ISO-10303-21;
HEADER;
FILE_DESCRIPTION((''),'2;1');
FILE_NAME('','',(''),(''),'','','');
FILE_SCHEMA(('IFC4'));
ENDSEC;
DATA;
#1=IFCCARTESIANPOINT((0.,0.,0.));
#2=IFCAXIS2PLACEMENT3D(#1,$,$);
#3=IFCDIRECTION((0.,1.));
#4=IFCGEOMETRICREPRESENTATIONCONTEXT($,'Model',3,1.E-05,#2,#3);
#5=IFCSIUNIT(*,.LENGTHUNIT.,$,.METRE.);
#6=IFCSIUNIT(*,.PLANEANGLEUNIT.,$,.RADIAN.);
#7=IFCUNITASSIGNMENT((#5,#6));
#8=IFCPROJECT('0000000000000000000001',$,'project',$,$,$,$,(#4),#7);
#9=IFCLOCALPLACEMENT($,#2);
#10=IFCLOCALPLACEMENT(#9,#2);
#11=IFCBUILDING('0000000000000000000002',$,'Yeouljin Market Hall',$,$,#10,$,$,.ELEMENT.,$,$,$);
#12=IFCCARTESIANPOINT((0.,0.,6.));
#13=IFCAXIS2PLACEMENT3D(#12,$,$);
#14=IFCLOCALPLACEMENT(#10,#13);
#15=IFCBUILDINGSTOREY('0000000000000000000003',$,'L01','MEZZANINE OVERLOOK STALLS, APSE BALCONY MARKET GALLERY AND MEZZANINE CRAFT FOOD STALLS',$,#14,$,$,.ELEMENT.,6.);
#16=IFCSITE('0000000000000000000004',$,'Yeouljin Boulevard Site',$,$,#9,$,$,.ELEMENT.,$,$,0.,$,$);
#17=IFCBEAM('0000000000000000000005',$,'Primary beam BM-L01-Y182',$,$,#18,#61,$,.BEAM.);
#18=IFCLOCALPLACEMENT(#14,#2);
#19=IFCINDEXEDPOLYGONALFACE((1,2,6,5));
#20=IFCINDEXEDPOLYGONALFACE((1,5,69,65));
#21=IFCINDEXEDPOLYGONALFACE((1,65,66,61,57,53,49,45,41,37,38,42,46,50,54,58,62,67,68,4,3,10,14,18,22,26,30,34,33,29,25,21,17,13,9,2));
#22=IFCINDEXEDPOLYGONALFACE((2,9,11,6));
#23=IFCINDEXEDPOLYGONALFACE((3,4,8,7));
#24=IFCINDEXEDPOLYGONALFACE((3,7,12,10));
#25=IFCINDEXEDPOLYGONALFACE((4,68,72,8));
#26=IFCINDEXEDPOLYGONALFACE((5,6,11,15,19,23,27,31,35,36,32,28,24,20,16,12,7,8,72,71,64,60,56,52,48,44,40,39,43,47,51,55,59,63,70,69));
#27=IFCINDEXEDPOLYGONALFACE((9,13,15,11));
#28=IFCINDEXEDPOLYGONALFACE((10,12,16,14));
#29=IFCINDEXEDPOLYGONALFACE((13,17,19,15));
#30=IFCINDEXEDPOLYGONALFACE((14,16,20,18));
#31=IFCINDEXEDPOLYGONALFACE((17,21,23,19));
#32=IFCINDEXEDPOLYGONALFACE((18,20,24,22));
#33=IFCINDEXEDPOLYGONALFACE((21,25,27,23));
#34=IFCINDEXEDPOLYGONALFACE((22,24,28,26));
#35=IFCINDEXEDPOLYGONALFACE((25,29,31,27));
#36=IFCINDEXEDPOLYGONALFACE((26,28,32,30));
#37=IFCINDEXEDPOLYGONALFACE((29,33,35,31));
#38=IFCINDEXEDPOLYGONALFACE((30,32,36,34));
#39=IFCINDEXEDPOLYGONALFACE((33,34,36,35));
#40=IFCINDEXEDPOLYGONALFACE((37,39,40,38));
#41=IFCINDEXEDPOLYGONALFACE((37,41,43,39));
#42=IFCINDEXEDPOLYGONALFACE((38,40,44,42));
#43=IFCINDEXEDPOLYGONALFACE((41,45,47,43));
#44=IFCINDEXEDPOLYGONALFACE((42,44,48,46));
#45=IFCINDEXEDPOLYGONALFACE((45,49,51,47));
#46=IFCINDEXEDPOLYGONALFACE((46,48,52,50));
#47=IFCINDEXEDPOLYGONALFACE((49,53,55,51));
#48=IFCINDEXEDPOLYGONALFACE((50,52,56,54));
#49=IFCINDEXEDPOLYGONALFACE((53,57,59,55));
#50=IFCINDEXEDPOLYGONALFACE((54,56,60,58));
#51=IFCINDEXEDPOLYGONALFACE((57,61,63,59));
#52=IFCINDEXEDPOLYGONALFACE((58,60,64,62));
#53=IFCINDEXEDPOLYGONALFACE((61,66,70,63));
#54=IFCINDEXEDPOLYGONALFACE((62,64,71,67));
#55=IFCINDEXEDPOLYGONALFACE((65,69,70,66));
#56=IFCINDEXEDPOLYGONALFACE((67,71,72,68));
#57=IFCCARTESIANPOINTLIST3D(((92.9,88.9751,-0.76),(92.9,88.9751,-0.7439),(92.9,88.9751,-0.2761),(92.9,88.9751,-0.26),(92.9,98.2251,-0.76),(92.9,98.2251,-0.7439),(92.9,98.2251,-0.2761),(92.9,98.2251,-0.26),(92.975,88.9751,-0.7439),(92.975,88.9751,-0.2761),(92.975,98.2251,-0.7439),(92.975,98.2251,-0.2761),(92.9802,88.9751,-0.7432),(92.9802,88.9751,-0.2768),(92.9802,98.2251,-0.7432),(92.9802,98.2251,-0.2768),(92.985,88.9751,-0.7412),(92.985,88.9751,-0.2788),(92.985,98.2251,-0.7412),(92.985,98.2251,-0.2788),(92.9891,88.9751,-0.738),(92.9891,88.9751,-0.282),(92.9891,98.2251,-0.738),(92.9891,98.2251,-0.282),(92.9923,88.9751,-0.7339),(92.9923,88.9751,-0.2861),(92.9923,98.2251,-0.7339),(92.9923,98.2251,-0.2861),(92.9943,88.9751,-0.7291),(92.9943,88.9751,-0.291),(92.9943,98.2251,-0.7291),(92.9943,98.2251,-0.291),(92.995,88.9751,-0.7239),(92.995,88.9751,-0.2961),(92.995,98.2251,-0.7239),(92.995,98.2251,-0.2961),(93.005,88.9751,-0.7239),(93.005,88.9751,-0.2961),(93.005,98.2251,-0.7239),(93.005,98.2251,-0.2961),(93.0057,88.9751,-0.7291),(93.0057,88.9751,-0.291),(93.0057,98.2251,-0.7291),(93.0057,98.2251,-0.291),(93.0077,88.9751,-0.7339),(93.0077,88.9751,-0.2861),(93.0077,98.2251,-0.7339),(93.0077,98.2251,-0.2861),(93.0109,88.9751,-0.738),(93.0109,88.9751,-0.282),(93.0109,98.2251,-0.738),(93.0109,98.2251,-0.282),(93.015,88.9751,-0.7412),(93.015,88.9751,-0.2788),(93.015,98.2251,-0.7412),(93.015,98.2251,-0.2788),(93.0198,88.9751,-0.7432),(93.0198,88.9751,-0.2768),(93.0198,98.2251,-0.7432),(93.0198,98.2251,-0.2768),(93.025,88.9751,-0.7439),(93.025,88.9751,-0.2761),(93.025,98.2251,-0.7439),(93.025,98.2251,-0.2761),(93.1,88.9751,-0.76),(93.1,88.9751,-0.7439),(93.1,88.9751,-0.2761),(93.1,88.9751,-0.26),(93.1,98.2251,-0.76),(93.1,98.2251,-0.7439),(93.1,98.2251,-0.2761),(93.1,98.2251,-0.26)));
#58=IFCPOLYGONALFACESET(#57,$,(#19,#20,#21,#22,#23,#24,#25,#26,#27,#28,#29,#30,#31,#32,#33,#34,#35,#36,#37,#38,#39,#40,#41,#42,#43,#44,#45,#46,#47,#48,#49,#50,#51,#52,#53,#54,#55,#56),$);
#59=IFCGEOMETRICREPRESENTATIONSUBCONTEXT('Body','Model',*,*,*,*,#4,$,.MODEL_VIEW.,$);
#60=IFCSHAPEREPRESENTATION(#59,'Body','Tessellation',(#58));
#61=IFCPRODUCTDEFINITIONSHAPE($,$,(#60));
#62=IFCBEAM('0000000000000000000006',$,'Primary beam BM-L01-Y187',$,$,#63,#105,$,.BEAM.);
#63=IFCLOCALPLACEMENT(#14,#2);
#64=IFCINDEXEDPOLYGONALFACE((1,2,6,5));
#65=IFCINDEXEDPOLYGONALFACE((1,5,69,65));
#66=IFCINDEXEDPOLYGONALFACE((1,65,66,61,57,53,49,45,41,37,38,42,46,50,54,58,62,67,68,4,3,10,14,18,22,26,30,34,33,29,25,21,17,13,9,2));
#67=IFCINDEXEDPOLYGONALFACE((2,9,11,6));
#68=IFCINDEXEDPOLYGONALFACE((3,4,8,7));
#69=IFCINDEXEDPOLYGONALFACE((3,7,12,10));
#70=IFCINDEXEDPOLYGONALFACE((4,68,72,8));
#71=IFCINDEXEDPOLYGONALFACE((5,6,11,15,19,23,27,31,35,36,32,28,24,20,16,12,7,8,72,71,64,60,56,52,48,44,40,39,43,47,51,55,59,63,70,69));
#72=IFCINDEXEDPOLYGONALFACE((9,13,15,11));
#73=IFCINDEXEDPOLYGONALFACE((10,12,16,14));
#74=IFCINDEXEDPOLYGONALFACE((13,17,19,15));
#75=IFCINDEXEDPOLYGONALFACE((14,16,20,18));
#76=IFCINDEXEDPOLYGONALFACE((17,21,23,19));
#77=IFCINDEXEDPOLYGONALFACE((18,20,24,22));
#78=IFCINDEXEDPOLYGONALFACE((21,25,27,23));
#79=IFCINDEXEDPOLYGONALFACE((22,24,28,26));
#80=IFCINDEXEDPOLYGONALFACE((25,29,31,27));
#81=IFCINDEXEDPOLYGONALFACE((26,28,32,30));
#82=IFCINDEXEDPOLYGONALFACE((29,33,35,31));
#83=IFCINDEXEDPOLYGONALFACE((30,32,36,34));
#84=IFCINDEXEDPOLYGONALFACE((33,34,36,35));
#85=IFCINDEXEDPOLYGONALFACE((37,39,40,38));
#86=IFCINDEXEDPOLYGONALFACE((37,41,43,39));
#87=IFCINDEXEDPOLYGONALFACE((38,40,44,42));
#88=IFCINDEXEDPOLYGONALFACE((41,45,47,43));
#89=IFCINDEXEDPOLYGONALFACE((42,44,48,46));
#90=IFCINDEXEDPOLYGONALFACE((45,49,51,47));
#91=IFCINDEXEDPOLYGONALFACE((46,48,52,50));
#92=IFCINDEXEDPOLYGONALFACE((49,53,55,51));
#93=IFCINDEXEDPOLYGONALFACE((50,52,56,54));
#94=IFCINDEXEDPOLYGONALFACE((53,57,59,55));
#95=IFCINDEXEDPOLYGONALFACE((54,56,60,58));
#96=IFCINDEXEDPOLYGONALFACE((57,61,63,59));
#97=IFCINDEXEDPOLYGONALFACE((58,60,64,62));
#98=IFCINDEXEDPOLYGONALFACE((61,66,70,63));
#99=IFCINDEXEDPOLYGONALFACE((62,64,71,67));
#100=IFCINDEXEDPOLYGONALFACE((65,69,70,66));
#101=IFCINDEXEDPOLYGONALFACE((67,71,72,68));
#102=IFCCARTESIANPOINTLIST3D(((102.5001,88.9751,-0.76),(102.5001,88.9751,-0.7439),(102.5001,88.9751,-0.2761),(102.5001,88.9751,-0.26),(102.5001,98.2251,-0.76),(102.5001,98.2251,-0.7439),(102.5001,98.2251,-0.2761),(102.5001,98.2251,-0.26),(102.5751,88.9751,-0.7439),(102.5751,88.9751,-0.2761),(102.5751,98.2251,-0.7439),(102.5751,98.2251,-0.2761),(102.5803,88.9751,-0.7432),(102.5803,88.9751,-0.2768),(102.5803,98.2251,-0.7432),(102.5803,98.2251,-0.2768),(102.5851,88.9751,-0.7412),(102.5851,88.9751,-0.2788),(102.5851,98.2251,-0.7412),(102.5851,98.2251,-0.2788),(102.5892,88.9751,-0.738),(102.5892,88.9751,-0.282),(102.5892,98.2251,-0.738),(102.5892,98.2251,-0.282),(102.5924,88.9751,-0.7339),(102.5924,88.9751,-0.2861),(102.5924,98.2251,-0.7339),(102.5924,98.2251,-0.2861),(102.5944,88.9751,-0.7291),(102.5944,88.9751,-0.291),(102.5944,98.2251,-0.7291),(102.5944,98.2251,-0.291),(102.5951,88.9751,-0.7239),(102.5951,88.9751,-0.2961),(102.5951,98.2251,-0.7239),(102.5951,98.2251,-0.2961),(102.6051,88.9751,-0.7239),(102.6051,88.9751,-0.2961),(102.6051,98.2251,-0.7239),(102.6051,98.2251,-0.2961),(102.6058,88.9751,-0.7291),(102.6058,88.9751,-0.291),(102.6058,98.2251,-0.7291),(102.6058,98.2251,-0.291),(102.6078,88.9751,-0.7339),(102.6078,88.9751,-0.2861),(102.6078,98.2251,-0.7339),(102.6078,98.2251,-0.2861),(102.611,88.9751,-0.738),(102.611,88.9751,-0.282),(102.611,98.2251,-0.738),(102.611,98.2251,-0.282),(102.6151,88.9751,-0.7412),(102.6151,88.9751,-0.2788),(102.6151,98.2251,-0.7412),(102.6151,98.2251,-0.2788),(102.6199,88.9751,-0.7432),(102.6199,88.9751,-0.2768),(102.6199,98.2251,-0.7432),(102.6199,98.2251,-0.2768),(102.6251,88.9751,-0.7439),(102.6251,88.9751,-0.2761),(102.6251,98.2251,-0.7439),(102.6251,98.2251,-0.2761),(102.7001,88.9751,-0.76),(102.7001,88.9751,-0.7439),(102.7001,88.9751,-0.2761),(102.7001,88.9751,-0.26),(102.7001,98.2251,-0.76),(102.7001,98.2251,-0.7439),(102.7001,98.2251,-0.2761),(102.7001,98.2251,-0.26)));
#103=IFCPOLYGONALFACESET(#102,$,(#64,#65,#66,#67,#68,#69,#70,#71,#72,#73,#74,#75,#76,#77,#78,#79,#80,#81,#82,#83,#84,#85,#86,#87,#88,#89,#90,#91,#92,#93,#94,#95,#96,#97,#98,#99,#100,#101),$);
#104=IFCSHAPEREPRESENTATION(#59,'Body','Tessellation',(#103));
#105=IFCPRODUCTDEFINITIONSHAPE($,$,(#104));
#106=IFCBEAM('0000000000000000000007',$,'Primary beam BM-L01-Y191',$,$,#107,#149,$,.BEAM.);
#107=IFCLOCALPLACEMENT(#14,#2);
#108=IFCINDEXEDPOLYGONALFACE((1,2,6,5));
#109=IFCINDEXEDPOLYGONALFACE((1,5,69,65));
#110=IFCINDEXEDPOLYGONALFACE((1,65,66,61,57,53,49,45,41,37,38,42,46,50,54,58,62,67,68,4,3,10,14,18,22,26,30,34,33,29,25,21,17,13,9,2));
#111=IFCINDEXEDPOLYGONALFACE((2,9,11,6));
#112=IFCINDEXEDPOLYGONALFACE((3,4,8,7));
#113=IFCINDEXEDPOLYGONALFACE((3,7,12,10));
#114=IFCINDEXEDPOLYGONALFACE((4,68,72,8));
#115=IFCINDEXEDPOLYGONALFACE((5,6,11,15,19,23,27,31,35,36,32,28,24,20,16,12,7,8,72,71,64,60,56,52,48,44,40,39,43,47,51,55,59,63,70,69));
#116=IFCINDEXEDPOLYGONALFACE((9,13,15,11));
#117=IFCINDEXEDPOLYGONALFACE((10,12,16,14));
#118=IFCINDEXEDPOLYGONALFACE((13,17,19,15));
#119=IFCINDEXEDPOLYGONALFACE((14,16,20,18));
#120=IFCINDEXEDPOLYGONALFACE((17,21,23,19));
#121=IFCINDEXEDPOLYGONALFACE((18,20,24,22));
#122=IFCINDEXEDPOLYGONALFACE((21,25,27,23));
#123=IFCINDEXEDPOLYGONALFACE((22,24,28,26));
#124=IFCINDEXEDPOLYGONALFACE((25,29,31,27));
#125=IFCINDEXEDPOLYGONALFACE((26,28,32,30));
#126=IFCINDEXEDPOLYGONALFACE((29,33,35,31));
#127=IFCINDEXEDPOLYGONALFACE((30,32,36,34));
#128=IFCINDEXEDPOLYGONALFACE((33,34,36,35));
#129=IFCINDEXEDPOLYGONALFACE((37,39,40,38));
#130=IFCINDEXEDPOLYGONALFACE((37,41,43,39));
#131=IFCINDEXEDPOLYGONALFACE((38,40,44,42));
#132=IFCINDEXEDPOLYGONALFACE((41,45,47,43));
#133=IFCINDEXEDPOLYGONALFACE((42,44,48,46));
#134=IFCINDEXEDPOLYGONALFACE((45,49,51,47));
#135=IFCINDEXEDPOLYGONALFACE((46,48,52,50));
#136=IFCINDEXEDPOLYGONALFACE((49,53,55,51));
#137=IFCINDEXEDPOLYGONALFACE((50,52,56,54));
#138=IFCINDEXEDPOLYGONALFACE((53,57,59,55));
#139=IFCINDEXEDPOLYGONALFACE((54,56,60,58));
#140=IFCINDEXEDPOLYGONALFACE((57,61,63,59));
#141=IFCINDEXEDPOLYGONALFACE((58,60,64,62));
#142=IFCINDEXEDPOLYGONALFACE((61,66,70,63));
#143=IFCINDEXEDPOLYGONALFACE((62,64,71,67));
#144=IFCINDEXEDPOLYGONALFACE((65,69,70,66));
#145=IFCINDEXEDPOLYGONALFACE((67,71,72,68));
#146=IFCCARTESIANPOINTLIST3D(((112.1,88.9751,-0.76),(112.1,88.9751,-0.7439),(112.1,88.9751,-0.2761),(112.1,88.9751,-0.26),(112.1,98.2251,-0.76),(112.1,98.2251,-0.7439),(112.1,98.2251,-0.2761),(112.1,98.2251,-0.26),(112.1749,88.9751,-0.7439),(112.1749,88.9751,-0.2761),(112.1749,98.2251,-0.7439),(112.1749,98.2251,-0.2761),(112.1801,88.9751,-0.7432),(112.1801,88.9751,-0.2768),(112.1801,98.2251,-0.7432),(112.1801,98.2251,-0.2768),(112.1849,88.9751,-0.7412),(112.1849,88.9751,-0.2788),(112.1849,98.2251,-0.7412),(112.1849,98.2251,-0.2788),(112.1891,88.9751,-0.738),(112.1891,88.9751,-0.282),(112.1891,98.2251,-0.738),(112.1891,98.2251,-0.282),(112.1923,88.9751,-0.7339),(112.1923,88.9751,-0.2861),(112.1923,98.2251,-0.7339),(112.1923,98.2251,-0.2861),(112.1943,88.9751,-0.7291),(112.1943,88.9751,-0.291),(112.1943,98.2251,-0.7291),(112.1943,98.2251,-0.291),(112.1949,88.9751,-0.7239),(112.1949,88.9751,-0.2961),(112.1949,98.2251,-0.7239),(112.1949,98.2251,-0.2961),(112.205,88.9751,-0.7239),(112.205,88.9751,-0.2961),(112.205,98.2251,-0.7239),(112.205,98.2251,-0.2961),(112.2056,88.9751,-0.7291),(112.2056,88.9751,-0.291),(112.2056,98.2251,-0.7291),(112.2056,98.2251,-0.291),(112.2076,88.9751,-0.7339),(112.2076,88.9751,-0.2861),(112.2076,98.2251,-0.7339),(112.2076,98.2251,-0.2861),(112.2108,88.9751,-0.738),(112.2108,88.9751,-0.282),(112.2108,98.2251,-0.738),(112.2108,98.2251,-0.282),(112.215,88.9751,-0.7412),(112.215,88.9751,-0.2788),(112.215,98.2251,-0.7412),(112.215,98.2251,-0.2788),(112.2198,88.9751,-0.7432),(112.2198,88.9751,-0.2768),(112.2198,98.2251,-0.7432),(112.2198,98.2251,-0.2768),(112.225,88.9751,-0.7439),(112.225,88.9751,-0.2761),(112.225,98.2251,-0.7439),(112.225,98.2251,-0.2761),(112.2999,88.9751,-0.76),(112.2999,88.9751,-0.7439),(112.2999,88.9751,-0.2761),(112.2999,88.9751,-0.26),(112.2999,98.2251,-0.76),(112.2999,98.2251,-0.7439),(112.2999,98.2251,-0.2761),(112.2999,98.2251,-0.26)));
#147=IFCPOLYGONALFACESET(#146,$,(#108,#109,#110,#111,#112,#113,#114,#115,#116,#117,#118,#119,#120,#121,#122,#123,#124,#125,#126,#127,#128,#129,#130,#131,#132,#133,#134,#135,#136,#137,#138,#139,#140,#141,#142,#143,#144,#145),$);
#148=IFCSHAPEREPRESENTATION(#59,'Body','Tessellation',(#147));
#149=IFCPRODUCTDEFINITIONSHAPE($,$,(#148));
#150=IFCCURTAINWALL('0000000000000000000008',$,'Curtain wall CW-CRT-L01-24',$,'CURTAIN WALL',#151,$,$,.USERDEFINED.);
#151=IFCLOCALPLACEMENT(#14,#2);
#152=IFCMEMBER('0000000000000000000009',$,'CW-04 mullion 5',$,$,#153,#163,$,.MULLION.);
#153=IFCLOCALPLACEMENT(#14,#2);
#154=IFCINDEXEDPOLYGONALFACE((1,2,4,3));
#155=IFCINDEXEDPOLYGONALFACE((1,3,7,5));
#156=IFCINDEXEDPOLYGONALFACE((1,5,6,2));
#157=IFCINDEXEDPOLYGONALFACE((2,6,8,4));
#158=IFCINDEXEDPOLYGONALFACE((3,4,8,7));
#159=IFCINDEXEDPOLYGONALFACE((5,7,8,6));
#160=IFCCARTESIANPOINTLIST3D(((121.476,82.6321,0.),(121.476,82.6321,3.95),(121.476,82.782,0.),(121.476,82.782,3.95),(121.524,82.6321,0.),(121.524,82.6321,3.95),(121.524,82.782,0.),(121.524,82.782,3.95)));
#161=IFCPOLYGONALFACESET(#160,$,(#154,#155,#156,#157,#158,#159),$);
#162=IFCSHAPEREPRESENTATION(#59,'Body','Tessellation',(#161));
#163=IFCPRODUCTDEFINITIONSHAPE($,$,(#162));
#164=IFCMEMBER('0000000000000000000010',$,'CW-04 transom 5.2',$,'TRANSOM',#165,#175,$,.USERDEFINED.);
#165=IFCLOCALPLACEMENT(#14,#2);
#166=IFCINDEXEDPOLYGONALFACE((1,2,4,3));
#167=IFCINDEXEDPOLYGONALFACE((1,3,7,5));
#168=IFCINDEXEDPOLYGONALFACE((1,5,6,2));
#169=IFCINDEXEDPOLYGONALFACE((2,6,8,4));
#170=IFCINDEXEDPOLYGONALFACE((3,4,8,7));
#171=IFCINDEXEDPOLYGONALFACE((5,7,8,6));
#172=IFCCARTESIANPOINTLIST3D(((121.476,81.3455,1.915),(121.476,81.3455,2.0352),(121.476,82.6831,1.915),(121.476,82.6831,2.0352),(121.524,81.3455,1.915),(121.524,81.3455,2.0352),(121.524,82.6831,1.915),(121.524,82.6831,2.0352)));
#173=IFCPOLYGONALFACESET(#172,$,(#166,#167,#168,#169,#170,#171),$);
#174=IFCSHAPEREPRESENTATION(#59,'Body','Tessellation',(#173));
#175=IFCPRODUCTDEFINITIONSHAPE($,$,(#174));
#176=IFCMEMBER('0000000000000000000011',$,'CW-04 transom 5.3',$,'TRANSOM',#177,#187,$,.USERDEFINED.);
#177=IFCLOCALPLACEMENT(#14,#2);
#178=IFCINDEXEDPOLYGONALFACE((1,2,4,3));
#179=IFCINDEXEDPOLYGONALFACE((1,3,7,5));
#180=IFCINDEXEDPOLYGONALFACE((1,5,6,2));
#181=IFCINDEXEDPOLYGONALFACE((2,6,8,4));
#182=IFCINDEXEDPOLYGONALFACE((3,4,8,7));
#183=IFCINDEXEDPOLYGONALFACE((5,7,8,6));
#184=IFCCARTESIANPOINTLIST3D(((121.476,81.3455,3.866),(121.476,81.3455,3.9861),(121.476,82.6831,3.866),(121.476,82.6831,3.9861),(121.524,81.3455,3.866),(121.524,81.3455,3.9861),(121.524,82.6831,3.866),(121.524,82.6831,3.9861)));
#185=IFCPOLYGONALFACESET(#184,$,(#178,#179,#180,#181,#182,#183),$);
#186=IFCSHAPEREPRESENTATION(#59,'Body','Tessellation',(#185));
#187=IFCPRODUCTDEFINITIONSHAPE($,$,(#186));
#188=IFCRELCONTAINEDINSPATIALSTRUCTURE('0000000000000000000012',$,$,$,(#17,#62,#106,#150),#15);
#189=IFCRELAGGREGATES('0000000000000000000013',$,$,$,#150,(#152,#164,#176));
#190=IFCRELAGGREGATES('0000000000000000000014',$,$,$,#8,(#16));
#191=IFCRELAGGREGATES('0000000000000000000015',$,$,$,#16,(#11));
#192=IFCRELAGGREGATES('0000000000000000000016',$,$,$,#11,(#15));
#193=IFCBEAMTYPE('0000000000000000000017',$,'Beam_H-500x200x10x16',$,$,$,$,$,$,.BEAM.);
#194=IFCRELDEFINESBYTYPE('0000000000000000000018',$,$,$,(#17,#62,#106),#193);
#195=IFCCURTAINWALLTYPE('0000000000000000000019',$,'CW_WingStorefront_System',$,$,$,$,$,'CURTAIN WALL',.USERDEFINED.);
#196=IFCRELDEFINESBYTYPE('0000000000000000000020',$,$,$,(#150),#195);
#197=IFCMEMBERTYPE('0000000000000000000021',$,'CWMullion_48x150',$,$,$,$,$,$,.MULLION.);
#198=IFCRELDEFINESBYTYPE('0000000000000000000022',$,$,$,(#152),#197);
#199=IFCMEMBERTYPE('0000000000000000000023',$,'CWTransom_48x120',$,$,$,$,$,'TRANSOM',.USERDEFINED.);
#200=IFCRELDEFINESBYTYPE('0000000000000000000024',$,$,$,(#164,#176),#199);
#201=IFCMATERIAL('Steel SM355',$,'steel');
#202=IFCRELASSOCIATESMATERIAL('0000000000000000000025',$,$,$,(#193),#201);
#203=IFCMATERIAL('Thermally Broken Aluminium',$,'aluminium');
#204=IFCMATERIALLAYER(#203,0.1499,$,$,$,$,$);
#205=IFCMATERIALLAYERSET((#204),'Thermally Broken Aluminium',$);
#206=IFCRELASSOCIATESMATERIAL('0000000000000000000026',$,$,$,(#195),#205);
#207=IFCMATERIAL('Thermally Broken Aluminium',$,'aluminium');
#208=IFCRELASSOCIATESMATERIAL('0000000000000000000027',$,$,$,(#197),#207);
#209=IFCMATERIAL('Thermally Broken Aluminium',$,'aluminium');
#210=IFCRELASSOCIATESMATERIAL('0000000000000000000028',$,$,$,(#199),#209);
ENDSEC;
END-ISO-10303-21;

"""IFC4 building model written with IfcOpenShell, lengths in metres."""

from ifc_helpers import new_model, si_unit, direction, frame, origin, origin_2d, place, context, subcontext, project, spatial, rectangle, i_section, extrude, material, layer, layer_set, material_profile, profile_set, type_object, element, aggregate, save


model = new_model("IFC4")

# Units and contexts
model_context = context("Model", 3, precision=1e-05, world=origin(), true_north=direction((0.0, 1.0)))
body_context = subcontext(model_context, "Body", "Model", "MODEL_VIEW")
ifc_project = project(units=[si_unit("LENGTHUNIT", "METRE"), si_unit("PLANEANGLEUNIT", "RADIAN")], contexts=[model_context])

# Site, building, storey
site_placement = place(None, origin())
site = spatial("IfcSite", under=ifc_project, at=site_placement, Name="Yeouljin Boulevard Site", CompositionType="ELEMENT", RefElevation=0.0)
building_placement = place(site_placement, origin())
building = spatial("IfcBuilding", under=site, at=building_placement, Name="Yeouljin Market Hall", CompositionType="ELEMENT")
storey_placement = place(building_placement, frame((0.0, 0.0, 6.0)))
storey = spatial("IfcBuildingStorey", under=building, at=storey_placement, Name="L01", Description="MEZZANINE OVERLOOK STALLS, APSE BALCONY MARKET GALLERY AND MEZZANINE CRAFT FOOD STALLS", CompositionType="ELEMENT", Elevation=6.0)

# Beams
ifc_material_1 = material(Name="Steel SM355", Category="steel")
ifc_material_profile_1 = material_profile(ifc_material_1, i_section(OverallWidth=0.2, OverallDepth=0.5, WebThickness=0.01, FlangeThickness=0.0161, FilletRadius=0.02, at=origin_2d()), Name="H-500x200x10x16")
ifc_profile_set_1 = profile_set([ifc_material_profile_1], Name="Steel SM355")
beam_type_1 = type_object("IfcBeamType", Name="Beam_H-500x200x10x16", PredefinedType="BEAM", material=ifc_profile_set_1)
for number, where, z_axis, x_axis, name in (
    (1, (93.0, 88.9751, -0.51), (0.0, 1.0, 0.0), (-1.0, 0.0, 0.0), "Primary beam BM-L01-Y182"),
    (2, (102.6001, 88.9751, -0.51), (0.0, 1.0, 0.0), (-1.0, 0.0, 0.0), "Primary beam BM-L01-Y187"),
    (3, (112.2, 88.9751, -0.51), (0.0, 1.0, 0.0), (-1.0, 0.0, 0.0), "Primary beam BM-L01-Y191"),
):
    element("IfcBeam", number, at=place(storey_placement, frame(where, z_axis=z_axis, x_axis=x_axis)), inside=storey, type_object=beam_type_1, Name=name, PredefinedType="BEAM", context=body_context, shape_type="SweptSolid", body=[
        extrude(i_section(OverallWidth=0.2, OverallDepth=0.5, WebThickness=0.01, FlangeThickness=0.0161, FilletRadius=0.02, at=origin_2d()), origin(), (0.0, 0.0, 1.0), 9.25),
    ])

# Curtain wall, members
ifc_material_2 = material(Name="Thermally Broken Aluminium", Category="aluminium")
ifc_layer_1 = layer(ifc_material_2, 0.1499)
ifc_layer_set_1 = layer_set([ifc_layer_1], Name="Thermally Broken Aluminium")
curtain_wall_type = type_object("IfcCurtainWallType", Name="CW_WingStorefront_System", ElementType="CURTAIN WALL", PredefinedType="USERDEFINED", material=ifc_layer_set_1)
curtain_wall_placement = place(storey_placement, origin())
curtain_wall = element("IfcCurtainWall", 4, at=curtain_wall_placement, inside=storey, type_object=curtain_wall_type, Name="Curtain wall CW-CRT-L01-24", ObjectType="CURTAIN WALL", PredefinedType="USERDEFINED")
ifc_material_3 = material(Name="Thermally Broken Aluminium", Category="aluminium")
ifc_material_profile_2 = material_profile(ifc_material_3, rectangle(XDim=0.0481, YDim=0.1499, at=origin_2d()), Name="CW-MULL-48x150")
ifc_profile_set_2 = profile_set([ifc_material_profile_2], Name="Thermally Broken Aluminium")
member_type_1 = type_object("IfcMemberType", Name="CWMullion_48x150", PredefinedType="MULLION", material=ifc_profile_set_2)
member_1_placement = place(storey_placement, frame((121.5, 82.707, 0.0), z_axis=(0.0, 0.0, 1.0), x_axis=(1.0, 0.0, 0.0)))
member_1 = element("IfcMember", 5, at=member_1_placement, type_object=member_type_1, Name="CW-04 mullion 5", PredefinedType="MULLION", context=body_context, shape_type="SweptSolid", body=[
    extrude(rectangle(XDim=0.0481, YDim=0.1499, at=origin_2d()), origin(), (0.0, 0.0, 1.0), 3.95),
])
ifc_material_4 = material(Name="Thermally Broken Aluminium", Category="aluminium")
ifc_material_profile_3 = material_profile(ifc_material_4, rectangle(XDim=0.0481, YDim=0.1201, at=origin_2d()), Name="CW-TRAN-48x120")
ifc_profile_set_3 = profile_set([ifc_material_profile_3], Name="Thermally Broken Aluminium")
member_type_2 = type_object("IfcMemberType", Name="CWTransom_48x120", ElementType="TRANSOM", PredefinedType="USERDEFINED", material=ifc_profile_set_3)
member_2_placement = place(storey_placement, frame((121.5, 82.6831, 1.9751), z_axis=(0.0, -1.0, 0.0), x_axis=(1.0, 0.0, 0.0)))
member_2 = element("IfcMember", 6, at=member_2_placement, type_object=member_type_2, Name="CW-04 transom 5.2", ObjectType="TRANSOM", PredefinedType="USERDEFINED", context=body_context, shape_type="SweptSolid", body=[
    extrude(rectangle(XDim=0.0481, YDim=0.1201, at=origin_2d()), origin(), (0.0, 0.0, 1.0), 1.3376),
])
member_3_placement = place(storey_placement, frame((121.5, 82.6831, 3.926), z_axis=(0.0, -1.0, 0.0), x_axis=(1.0, 0.0, 0.0)))
member_3 = element("IfcMember", 7, at=member_3_placement, type_object=member_type_2, Name="CW-04 transom 5.3", ObjectType="TRANSOM", PredefinedType="USERDEFINED", context=body_context, shape_type="SweptSolid", body=[
    extrude(rectangle(XDim=0.0481, YDim=0.1201, at=origin_2d()), origin(), (0.0, 0.0, 1.0), 1.3376),
])

aggregate(curtain_wall, [member_1, member_2, member_3])

save(model, "model.ifc")
